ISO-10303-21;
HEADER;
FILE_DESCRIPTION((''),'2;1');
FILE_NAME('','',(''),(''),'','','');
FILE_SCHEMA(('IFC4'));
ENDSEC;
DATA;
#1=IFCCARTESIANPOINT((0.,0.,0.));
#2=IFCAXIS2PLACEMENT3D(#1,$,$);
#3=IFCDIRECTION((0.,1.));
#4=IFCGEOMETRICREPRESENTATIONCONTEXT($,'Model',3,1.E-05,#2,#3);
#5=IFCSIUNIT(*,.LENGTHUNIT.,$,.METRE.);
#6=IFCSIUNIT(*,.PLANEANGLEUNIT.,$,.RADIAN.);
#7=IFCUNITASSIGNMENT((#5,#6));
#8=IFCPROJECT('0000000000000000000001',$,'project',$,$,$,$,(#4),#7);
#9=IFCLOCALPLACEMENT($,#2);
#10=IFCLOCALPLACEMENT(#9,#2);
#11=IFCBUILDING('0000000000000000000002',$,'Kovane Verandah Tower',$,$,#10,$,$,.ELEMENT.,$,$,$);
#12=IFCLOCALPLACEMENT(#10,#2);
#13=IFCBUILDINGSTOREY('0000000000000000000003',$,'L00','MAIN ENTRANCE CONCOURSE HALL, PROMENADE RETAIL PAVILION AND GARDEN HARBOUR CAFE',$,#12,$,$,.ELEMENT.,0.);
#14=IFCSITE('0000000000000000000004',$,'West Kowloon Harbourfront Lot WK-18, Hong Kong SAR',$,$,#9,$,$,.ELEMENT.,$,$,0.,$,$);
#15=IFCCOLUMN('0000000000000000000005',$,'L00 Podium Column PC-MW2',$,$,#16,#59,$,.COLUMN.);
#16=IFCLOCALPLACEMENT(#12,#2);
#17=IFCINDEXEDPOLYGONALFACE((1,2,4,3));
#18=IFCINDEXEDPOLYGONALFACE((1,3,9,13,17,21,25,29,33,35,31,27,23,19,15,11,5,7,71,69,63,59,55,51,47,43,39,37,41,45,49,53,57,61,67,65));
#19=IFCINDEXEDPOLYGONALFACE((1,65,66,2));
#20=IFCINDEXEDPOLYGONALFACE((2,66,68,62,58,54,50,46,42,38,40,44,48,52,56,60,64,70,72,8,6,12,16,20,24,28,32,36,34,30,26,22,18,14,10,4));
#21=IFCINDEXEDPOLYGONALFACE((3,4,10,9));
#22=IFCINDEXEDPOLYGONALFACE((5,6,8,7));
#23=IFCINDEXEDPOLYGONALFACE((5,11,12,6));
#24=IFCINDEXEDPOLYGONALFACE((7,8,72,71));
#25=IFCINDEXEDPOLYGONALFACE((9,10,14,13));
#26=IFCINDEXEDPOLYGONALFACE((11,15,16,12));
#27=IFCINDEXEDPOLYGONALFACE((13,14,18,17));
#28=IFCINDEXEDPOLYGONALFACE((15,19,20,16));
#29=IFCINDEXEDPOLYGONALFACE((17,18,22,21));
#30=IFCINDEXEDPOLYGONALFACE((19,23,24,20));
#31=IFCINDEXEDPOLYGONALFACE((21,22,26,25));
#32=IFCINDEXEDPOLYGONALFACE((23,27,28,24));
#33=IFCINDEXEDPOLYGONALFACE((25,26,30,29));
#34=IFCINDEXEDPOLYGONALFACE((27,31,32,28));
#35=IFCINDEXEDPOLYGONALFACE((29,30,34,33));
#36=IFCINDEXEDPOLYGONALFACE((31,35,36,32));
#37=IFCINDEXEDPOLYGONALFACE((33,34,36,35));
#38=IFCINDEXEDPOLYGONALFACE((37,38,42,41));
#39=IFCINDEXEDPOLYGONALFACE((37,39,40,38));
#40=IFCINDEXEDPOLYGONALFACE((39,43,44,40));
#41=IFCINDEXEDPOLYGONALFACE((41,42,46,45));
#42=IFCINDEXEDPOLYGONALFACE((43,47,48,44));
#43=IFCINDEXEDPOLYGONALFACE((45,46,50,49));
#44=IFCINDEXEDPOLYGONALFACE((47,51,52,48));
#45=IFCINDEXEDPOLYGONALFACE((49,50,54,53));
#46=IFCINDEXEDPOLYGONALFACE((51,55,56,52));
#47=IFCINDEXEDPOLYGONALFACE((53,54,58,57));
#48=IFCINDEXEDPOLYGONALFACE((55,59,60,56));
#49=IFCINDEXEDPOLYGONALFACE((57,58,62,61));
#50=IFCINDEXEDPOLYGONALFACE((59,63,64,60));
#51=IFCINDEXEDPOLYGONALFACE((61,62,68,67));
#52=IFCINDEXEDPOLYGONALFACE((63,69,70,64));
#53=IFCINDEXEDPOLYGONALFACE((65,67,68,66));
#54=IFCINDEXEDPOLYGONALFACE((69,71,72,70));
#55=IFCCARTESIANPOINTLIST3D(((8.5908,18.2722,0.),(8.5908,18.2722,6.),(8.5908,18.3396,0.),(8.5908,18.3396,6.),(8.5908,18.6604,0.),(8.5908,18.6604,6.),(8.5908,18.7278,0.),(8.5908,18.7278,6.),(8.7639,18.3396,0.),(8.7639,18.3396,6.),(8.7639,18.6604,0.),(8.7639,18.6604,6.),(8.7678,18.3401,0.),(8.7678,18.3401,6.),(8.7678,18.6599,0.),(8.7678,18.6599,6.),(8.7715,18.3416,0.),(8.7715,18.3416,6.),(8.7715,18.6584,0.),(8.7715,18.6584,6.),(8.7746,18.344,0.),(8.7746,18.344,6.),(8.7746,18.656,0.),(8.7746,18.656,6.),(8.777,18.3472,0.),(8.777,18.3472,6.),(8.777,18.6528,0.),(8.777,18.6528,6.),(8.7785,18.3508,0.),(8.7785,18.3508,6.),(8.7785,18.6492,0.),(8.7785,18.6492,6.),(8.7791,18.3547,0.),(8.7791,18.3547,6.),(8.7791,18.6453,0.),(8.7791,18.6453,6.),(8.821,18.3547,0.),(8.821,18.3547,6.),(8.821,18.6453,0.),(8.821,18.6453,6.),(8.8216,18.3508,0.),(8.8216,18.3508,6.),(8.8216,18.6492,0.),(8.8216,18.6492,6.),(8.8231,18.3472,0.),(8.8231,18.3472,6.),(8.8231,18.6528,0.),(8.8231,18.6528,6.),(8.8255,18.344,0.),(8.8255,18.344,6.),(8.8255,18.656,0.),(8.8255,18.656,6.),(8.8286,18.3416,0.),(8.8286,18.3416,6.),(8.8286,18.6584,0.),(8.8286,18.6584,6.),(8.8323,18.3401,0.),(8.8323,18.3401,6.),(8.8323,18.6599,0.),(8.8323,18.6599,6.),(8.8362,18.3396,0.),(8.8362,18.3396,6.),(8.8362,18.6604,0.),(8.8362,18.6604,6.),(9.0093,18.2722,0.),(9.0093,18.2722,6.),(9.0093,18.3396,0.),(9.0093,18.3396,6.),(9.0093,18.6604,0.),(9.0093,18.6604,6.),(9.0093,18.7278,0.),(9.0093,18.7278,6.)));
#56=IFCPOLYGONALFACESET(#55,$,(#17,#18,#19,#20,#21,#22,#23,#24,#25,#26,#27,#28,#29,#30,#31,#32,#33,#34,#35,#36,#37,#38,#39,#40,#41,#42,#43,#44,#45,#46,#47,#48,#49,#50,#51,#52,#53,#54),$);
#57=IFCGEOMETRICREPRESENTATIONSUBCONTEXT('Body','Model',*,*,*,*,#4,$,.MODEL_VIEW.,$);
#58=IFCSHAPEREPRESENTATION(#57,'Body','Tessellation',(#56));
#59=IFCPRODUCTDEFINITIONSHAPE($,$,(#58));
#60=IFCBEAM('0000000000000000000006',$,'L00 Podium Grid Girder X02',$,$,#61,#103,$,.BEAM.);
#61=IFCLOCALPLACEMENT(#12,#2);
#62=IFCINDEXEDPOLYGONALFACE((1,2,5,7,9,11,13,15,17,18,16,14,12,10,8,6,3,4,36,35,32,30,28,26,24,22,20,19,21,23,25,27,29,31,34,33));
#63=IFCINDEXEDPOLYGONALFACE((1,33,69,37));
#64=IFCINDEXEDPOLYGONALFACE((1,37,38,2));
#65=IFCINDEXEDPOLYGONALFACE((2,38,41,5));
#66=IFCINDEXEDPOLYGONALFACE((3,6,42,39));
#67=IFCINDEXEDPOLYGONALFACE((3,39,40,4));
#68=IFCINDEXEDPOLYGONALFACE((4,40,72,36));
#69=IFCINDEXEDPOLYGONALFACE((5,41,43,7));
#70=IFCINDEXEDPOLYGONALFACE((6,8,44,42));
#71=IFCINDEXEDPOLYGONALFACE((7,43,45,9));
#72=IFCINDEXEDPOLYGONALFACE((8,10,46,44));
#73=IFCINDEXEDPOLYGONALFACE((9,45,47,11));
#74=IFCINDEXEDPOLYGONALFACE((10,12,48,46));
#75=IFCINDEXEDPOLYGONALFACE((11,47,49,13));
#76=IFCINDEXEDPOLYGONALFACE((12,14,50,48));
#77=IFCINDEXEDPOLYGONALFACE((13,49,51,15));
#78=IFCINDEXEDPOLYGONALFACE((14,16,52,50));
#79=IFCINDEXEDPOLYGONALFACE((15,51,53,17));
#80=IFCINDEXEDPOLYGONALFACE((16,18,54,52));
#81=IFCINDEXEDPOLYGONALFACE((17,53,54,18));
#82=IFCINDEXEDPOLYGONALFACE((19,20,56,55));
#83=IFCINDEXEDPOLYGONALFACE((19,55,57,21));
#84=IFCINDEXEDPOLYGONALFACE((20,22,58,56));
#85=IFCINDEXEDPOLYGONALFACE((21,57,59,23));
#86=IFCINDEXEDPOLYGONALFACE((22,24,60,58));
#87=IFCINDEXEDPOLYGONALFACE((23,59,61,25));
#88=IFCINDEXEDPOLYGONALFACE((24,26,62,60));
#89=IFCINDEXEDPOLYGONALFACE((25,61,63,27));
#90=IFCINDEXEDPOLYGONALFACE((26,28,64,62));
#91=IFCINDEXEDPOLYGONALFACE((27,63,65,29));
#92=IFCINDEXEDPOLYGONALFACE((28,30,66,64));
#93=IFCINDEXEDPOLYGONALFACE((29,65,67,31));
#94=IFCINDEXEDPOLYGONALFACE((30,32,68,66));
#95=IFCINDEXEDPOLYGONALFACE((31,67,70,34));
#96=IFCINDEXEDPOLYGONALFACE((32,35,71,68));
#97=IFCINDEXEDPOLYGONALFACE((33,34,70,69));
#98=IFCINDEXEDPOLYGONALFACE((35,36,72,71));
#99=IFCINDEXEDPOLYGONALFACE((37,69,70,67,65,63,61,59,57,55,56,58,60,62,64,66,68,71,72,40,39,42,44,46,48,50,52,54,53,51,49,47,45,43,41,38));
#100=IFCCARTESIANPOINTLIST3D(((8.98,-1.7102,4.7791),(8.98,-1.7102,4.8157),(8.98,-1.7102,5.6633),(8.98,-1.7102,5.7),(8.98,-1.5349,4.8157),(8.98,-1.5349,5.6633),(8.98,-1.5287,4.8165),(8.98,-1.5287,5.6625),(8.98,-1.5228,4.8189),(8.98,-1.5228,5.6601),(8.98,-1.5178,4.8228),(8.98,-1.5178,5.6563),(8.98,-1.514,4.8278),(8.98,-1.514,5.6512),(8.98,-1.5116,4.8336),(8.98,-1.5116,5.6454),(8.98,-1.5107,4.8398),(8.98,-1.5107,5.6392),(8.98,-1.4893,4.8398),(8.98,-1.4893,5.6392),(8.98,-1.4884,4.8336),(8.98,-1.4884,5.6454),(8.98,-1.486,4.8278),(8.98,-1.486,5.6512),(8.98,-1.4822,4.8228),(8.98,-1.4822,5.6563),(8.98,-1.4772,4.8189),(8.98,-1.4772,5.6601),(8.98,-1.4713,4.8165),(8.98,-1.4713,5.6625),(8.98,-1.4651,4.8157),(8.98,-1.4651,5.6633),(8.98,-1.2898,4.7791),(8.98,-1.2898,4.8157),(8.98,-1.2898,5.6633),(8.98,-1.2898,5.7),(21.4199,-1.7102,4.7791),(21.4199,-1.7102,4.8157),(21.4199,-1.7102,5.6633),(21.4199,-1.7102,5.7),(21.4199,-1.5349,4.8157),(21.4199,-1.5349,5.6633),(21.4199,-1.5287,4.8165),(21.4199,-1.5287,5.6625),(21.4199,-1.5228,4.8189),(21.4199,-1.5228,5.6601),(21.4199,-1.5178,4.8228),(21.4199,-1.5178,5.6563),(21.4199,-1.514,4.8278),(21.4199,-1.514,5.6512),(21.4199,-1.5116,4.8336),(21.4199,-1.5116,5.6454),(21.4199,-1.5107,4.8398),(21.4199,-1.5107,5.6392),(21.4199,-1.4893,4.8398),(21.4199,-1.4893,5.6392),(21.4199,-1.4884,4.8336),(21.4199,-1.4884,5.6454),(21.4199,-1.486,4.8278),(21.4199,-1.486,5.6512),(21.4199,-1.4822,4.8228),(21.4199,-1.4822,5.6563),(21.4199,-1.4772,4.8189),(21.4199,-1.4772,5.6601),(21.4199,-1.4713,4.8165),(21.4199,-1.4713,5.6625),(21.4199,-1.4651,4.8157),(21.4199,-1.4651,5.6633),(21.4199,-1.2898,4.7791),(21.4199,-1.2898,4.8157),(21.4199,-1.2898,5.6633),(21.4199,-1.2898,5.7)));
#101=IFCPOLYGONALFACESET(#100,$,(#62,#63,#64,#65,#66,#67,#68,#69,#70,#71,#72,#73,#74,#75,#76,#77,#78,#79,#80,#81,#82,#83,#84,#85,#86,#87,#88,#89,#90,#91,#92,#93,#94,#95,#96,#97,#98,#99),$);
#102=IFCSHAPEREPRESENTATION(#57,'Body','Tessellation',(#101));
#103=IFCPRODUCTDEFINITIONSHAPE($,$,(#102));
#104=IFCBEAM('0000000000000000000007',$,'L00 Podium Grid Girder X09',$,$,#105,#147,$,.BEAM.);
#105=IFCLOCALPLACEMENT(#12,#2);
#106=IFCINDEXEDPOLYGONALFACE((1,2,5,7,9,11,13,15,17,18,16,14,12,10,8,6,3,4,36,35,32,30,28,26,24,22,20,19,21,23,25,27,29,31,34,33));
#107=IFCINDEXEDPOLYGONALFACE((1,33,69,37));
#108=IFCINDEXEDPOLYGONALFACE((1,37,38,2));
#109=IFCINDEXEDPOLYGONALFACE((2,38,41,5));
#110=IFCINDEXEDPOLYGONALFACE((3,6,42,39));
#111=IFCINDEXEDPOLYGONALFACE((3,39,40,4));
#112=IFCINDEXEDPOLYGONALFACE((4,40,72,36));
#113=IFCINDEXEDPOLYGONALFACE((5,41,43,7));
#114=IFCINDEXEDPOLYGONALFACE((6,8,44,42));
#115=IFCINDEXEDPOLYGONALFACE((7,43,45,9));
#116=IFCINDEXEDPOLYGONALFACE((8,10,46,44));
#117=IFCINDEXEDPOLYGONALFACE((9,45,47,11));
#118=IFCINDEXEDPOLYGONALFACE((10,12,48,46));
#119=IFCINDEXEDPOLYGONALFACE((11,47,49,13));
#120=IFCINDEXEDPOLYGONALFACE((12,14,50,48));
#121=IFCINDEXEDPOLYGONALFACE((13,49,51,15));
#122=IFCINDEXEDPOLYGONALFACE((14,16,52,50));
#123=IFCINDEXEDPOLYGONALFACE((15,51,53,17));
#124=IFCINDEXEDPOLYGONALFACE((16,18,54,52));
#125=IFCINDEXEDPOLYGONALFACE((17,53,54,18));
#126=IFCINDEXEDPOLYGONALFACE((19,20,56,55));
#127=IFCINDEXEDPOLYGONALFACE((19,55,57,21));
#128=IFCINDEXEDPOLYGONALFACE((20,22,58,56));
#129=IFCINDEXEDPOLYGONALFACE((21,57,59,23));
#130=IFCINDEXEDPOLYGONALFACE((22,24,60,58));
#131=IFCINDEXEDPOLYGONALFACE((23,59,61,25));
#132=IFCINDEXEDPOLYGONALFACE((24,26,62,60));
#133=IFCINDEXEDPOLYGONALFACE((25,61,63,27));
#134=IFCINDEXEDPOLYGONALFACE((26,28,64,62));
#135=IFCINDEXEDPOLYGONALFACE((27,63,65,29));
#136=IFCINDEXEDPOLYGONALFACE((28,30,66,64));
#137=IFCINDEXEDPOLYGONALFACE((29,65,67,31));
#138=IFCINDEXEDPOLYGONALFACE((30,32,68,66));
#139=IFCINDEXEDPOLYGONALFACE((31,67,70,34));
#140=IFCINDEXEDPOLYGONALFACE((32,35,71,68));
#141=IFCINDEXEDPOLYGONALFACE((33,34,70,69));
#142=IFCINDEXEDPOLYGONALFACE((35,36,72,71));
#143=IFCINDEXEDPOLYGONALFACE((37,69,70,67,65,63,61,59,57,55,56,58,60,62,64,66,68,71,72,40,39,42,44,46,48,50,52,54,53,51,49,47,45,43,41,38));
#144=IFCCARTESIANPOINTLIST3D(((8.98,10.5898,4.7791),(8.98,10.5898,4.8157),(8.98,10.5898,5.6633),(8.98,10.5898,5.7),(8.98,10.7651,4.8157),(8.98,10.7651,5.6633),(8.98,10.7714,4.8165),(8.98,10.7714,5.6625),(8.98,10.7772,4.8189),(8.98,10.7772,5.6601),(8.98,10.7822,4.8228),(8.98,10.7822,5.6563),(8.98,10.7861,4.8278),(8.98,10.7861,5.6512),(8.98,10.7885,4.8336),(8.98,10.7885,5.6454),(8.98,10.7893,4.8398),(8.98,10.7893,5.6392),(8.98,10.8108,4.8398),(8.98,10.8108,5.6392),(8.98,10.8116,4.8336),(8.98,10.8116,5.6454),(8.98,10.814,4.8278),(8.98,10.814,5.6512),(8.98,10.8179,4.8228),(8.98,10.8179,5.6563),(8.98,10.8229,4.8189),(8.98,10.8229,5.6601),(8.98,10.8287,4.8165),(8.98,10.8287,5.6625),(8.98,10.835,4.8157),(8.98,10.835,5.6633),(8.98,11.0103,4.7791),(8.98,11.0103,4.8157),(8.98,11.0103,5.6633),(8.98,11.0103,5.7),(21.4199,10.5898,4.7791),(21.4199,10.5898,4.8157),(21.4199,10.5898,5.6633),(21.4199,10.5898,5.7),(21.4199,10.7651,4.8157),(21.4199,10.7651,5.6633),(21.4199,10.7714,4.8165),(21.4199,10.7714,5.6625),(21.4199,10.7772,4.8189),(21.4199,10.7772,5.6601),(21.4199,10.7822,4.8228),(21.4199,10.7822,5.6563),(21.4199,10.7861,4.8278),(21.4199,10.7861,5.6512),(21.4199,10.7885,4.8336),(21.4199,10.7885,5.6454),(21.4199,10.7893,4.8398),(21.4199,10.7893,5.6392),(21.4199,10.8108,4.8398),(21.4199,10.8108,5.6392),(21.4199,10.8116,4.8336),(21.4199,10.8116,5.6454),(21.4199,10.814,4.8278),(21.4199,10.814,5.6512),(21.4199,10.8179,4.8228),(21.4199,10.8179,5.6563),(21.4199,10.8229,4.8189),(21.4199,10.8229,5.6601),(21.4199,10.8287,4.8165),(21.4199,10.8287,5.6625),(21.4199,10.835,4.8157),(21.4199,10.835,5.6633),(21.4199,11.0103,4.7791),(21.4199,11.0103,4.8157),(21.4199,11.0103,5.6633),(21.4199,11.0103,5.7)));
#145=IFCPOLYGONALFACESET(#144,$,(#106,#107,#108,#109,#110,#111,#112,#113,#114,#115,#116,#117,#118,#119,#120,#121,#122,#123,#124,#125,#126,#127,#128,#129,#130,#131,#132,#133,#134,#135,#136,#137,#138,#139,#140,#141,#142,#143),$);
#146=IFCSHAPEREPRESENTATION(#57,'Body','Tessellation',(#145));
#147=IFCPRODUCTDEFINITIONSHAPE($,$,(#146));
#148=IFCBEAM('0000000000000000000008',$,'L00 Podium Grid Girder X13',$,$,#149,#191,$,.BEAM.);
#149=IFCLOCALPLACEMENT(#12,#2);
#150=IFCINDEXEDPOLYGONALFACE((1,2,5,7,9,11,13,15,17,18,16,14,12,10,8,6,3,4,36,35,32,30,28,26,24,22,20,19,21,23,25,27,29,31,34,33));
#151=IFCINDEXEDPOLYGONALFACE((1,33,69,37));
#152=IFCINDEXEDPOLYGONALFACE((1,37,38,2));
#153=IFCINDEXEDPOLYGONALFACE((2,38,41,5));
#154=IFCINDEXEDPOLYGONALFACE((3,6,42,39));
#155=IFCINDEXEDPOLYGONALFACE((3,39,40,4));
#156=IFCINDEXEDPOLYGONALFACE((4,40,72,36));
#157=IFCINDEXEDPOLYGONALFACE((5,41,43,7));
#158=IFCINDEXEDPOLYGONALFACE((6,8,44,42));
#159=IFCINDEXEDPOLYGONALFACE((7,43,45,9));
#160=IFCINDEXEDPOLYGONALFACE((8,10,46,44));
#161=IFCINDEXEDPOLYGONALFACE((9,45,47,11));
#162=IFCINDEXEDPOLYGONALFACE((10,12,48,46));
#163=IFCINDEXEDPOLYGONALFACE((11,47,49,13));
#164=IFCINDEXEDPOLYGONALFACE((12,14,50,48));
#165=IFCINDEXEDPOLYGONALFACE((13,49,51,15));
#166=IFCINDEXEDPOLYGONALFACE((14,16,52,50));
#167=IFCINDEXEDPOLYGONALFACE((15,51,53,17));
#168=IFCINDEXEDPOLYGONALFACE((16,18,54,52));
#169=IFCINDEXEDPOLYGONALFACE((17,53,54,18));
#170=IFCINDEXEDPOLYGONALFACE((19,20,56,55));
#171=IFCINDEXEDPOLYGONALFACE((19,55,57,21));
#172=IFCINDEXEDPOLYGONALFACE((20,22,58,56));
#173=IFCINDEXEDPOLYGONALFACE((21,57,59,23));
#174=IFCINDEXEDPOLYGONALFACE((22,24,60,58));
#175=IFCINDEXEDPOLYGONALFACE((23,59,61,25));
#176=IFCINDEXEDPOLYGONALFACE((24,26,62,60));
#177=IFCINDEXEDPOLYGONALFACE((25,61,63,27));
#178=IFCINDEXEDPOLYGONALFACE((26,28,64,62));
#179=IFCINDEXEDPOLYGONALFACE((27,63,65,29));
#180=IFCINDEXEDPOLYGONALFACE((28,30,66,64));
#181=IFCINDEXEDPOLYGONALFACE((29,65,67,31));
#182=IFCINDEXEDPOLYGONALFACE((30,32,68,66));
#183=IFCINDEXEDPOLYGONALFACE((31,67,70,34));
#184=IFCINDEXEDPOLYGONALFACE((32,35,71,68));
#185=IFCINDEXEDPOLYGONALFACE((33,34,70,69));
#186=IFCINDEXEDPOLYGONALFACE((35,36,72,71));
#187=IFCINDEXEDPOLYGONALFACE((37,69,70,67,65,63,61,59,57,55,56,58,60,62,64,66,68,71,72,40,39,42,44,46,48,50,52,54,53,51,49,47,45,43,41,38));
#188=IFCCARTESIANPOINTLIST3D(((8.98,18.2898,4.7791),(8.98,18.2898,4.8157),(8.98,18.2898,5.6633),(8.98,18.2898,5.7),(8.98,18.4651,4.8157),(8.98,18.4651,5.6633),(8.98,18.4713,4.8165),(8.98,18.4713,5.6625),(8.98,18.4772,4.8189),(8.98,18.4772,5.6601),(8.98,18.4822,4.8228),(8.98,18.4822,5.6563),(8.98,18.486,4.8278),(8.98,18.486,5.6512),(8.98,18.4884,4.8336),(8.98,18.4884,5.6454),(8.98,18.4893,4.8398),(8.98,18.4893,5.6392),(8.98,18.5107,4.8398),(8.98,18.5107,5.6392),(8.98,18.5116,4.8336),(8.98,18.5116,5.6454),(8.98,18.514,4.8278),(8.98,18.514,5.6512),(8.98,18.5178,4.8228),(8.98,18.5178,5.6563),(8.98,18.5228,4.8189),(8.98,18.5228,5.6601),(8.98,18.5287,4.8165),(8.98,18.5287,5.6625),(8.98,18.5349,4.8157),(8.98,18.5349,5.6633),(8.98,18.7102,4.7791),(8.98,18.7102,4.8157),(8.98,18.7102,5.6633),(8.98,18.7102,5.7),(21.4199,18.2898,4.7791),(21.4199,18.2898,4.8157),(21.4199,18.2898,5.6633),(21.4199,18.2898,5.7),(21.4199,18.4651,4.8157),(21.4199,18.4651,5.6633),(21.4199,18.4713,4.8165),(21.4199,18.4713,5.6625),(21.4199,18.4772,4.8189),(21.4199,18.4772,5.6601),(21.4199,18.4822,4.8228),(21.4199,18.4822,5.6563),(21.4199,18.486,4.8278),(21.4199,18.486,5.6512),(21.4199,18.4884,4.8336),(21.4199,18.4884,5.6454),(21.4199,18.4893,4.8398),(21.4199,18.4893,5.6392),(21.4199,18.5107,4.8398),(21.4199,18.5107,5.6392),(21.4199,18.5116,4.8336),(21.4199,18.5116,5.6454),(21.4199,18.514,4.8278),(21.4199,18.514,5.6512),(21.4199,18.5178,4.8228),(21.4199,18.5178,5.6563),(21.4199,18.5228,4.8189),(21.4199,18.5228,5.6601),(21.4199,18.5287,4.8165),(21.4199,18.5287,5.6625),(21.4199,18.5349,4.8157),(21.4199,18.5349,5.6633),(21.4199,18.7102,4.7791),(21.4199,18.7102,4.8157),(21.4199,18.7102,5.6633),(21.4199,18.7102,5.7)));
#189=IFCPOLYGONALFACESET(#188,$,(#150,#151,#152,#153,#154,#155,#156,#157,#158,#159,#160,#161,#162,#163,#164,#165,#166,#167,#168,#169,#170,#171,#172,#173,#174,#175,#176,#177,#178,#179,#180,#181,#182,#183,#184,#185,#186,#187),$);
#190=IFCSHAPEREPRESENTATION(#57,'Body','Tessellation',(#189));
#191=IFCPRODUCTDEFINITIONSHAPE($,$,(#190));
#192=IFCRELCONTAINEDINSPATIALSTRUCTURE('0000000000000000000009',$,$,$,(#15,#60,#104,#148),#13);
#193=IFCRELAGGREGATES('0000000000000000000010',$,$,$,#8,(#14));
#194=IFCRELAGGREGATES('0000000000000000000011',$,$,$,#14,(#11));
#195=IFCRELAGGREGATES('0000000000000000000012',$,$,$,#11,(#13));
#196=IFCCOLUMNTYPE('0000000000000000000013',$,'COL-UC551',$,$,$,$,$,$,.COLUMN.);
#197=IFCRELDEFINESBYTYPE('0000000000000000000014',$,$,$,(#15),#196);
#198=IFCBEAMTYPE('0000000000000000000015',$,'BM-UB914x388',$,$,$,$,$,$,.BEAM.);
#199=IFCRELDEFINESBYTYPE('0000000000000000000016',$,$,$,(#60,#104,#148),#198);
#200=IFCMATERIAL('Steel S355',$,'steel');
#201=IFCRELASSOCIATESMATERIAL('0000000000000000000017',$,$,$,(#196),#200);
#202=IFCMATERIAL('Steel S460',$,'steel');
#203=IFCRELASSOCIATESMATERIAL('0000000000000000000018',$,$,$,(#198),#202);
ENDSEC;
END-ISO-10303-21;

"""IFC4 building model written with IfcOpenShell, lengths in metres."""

from ifc_helpers import new_model, si_unit, direction, frame, origin, origin_2d, place, context, subcontext, project, spatial, i_section, extrude, material, material_profile, profile_set, type_object, element, save


model = new_model("IFC4")

# Units and contexts
model_context = context("Model", 3, precision=1e-05, world=origin(), true_north=direction((0.0, 1.0)))
body_context = subcontext(model_context, "Body", "Model", "MODEL_VIEW")
ifc_project = project(units=[si_unit("LENGTHUNIT", "METRE"), si_unit("PLANEANGLEUNIT", "RADIAN")], contexts=[model_context])

# Site, building, storey
site_placement = place(None, origin())
site = spatial("IfcSite", under=ifc_project, at=site_placement, Name="West Kowloon Harbourfront Lot WK-18, Hong Kong SAR", CompositionType="ELEMENT", RefElevation=0.0)
building_placement = place(site_placement, origin())
building = spatial("IfcBuilding", under=site, at=building_placement, Name="Kovane Verandah Tower", CompositionType="ELEMENT")
storey_placement = place(building_placement, origin())
storey = spatial("IfcBuildingStorey", under=building, at=storey_placement, Name="L00", Description="MAIN ENTRANCE CONCOURSE HALL, PROMENADE RETAIL PAVILION AND GARDEN HARBOUR CAFE", CompositionType="ELEMENT", Elevation=0.0)

# Column
ifc_material_1 = material(Name="Steel S460", Category="steel")
ifc_material_2 = material(Name="Steel S355", Category="steel")
ifc_material_profile_1 = material_profile(ifc_material_2, i_section(OverallWidth=0.4185, OverallDepth=0.4556, WebThickness=0.042, FlangeThickness=0.0674, FilletRadius=0.0151, at=origin_2d()), Name="UC356x406x551")
ifc_profile_set_1 = profile_set([ifc_material_profile_1], Name="Steel S355")
column_type_1 = type_object("IfcColumnType", Name="COL-UC551", PredefinedType="COLUMN", material=ifc_profile_set_1)
for number, where, z_axis, x_axis, name in (
    (1, (8.8, 18.5, 0.0), (0.0, 0.0, 1.0), (1.0, 0.0, 0.0), "L00 Podium Column PC-MW2"),
):
    element("IfcColumn", number, at=place(storey_placement, frame(where, z_axis=z_axis, x_axis=x_axis)), inside=storey, type_object=column_type_1, Name=name, PredefinedType="COLUMN", context=body_context, shape_type="SweptSolid", body=[
        extrude(i_section(OverallWidth=0.4185, OverallDepth=0.4556, WebThickness=0.042, FlangeThickness=0.0674, FilletRadius=0.0151, at=origin_2d()), origin(), (0.0, 0.0, 1.0), 6.0),
    ])

# Beams
ifc_material_profile_2 = material_profile(ifc_material_1, i_section(OverallWidth=0.4204, OverallDepth=0.9209, WebThickness=0.0215, FlangeThickness=0.0366, FilletRadius=0.0242, at=origin_2d()), Name="UB914x419x388")
ifc_profile_set_2 = profile_set([ifc_material_profile_2], Name="Steel S460")
beam_type_1 = type_object("IfcBeamType", Name="BM-UB914x388", PredefinedType="BEAM", material=ifc_profile_set_2)
for number, where, z_axis, x_axis, name in (
    (2, (8.98, -1.5, 5.2395), (1.0, 0.0, 0.0), (0.0, 1.0, 0.0), "L00 Podium Grid Girder X02"),
    (3, (8.98, 10.8, 5.2395), (1.0, 0.0, 0.0), (0.0, 1.0, 0.0), "L00 Podium Grid Girder X09"),
    (4, (8.98, 18.5, 5.2395), (1.0, 0.0, 0.0), (0.0, 1.0, 0.0), "L00 Podium Grid Girder X13"),
):
    element("IfcBeam", number, at=place(storey_placement, frame(where, z_axis=z_axis, x_axis=x_axis)), inside=storey, type_object=beam_type_1, Name=name, PredefinedType="BEAM", context=body_context, shape_type="SweptSolid", body=[
        extrude(i_section(OverallWidth=0.4204, OverallDepth=0.9209, WebThickness=0.0215, FlangeThickness=0.0366, FilletRadius=0.0242, at=origin_2d()), origin(), (0.0, 0.0, 1.0), 12.4399),
    ])

save(model, "model.ifc")
